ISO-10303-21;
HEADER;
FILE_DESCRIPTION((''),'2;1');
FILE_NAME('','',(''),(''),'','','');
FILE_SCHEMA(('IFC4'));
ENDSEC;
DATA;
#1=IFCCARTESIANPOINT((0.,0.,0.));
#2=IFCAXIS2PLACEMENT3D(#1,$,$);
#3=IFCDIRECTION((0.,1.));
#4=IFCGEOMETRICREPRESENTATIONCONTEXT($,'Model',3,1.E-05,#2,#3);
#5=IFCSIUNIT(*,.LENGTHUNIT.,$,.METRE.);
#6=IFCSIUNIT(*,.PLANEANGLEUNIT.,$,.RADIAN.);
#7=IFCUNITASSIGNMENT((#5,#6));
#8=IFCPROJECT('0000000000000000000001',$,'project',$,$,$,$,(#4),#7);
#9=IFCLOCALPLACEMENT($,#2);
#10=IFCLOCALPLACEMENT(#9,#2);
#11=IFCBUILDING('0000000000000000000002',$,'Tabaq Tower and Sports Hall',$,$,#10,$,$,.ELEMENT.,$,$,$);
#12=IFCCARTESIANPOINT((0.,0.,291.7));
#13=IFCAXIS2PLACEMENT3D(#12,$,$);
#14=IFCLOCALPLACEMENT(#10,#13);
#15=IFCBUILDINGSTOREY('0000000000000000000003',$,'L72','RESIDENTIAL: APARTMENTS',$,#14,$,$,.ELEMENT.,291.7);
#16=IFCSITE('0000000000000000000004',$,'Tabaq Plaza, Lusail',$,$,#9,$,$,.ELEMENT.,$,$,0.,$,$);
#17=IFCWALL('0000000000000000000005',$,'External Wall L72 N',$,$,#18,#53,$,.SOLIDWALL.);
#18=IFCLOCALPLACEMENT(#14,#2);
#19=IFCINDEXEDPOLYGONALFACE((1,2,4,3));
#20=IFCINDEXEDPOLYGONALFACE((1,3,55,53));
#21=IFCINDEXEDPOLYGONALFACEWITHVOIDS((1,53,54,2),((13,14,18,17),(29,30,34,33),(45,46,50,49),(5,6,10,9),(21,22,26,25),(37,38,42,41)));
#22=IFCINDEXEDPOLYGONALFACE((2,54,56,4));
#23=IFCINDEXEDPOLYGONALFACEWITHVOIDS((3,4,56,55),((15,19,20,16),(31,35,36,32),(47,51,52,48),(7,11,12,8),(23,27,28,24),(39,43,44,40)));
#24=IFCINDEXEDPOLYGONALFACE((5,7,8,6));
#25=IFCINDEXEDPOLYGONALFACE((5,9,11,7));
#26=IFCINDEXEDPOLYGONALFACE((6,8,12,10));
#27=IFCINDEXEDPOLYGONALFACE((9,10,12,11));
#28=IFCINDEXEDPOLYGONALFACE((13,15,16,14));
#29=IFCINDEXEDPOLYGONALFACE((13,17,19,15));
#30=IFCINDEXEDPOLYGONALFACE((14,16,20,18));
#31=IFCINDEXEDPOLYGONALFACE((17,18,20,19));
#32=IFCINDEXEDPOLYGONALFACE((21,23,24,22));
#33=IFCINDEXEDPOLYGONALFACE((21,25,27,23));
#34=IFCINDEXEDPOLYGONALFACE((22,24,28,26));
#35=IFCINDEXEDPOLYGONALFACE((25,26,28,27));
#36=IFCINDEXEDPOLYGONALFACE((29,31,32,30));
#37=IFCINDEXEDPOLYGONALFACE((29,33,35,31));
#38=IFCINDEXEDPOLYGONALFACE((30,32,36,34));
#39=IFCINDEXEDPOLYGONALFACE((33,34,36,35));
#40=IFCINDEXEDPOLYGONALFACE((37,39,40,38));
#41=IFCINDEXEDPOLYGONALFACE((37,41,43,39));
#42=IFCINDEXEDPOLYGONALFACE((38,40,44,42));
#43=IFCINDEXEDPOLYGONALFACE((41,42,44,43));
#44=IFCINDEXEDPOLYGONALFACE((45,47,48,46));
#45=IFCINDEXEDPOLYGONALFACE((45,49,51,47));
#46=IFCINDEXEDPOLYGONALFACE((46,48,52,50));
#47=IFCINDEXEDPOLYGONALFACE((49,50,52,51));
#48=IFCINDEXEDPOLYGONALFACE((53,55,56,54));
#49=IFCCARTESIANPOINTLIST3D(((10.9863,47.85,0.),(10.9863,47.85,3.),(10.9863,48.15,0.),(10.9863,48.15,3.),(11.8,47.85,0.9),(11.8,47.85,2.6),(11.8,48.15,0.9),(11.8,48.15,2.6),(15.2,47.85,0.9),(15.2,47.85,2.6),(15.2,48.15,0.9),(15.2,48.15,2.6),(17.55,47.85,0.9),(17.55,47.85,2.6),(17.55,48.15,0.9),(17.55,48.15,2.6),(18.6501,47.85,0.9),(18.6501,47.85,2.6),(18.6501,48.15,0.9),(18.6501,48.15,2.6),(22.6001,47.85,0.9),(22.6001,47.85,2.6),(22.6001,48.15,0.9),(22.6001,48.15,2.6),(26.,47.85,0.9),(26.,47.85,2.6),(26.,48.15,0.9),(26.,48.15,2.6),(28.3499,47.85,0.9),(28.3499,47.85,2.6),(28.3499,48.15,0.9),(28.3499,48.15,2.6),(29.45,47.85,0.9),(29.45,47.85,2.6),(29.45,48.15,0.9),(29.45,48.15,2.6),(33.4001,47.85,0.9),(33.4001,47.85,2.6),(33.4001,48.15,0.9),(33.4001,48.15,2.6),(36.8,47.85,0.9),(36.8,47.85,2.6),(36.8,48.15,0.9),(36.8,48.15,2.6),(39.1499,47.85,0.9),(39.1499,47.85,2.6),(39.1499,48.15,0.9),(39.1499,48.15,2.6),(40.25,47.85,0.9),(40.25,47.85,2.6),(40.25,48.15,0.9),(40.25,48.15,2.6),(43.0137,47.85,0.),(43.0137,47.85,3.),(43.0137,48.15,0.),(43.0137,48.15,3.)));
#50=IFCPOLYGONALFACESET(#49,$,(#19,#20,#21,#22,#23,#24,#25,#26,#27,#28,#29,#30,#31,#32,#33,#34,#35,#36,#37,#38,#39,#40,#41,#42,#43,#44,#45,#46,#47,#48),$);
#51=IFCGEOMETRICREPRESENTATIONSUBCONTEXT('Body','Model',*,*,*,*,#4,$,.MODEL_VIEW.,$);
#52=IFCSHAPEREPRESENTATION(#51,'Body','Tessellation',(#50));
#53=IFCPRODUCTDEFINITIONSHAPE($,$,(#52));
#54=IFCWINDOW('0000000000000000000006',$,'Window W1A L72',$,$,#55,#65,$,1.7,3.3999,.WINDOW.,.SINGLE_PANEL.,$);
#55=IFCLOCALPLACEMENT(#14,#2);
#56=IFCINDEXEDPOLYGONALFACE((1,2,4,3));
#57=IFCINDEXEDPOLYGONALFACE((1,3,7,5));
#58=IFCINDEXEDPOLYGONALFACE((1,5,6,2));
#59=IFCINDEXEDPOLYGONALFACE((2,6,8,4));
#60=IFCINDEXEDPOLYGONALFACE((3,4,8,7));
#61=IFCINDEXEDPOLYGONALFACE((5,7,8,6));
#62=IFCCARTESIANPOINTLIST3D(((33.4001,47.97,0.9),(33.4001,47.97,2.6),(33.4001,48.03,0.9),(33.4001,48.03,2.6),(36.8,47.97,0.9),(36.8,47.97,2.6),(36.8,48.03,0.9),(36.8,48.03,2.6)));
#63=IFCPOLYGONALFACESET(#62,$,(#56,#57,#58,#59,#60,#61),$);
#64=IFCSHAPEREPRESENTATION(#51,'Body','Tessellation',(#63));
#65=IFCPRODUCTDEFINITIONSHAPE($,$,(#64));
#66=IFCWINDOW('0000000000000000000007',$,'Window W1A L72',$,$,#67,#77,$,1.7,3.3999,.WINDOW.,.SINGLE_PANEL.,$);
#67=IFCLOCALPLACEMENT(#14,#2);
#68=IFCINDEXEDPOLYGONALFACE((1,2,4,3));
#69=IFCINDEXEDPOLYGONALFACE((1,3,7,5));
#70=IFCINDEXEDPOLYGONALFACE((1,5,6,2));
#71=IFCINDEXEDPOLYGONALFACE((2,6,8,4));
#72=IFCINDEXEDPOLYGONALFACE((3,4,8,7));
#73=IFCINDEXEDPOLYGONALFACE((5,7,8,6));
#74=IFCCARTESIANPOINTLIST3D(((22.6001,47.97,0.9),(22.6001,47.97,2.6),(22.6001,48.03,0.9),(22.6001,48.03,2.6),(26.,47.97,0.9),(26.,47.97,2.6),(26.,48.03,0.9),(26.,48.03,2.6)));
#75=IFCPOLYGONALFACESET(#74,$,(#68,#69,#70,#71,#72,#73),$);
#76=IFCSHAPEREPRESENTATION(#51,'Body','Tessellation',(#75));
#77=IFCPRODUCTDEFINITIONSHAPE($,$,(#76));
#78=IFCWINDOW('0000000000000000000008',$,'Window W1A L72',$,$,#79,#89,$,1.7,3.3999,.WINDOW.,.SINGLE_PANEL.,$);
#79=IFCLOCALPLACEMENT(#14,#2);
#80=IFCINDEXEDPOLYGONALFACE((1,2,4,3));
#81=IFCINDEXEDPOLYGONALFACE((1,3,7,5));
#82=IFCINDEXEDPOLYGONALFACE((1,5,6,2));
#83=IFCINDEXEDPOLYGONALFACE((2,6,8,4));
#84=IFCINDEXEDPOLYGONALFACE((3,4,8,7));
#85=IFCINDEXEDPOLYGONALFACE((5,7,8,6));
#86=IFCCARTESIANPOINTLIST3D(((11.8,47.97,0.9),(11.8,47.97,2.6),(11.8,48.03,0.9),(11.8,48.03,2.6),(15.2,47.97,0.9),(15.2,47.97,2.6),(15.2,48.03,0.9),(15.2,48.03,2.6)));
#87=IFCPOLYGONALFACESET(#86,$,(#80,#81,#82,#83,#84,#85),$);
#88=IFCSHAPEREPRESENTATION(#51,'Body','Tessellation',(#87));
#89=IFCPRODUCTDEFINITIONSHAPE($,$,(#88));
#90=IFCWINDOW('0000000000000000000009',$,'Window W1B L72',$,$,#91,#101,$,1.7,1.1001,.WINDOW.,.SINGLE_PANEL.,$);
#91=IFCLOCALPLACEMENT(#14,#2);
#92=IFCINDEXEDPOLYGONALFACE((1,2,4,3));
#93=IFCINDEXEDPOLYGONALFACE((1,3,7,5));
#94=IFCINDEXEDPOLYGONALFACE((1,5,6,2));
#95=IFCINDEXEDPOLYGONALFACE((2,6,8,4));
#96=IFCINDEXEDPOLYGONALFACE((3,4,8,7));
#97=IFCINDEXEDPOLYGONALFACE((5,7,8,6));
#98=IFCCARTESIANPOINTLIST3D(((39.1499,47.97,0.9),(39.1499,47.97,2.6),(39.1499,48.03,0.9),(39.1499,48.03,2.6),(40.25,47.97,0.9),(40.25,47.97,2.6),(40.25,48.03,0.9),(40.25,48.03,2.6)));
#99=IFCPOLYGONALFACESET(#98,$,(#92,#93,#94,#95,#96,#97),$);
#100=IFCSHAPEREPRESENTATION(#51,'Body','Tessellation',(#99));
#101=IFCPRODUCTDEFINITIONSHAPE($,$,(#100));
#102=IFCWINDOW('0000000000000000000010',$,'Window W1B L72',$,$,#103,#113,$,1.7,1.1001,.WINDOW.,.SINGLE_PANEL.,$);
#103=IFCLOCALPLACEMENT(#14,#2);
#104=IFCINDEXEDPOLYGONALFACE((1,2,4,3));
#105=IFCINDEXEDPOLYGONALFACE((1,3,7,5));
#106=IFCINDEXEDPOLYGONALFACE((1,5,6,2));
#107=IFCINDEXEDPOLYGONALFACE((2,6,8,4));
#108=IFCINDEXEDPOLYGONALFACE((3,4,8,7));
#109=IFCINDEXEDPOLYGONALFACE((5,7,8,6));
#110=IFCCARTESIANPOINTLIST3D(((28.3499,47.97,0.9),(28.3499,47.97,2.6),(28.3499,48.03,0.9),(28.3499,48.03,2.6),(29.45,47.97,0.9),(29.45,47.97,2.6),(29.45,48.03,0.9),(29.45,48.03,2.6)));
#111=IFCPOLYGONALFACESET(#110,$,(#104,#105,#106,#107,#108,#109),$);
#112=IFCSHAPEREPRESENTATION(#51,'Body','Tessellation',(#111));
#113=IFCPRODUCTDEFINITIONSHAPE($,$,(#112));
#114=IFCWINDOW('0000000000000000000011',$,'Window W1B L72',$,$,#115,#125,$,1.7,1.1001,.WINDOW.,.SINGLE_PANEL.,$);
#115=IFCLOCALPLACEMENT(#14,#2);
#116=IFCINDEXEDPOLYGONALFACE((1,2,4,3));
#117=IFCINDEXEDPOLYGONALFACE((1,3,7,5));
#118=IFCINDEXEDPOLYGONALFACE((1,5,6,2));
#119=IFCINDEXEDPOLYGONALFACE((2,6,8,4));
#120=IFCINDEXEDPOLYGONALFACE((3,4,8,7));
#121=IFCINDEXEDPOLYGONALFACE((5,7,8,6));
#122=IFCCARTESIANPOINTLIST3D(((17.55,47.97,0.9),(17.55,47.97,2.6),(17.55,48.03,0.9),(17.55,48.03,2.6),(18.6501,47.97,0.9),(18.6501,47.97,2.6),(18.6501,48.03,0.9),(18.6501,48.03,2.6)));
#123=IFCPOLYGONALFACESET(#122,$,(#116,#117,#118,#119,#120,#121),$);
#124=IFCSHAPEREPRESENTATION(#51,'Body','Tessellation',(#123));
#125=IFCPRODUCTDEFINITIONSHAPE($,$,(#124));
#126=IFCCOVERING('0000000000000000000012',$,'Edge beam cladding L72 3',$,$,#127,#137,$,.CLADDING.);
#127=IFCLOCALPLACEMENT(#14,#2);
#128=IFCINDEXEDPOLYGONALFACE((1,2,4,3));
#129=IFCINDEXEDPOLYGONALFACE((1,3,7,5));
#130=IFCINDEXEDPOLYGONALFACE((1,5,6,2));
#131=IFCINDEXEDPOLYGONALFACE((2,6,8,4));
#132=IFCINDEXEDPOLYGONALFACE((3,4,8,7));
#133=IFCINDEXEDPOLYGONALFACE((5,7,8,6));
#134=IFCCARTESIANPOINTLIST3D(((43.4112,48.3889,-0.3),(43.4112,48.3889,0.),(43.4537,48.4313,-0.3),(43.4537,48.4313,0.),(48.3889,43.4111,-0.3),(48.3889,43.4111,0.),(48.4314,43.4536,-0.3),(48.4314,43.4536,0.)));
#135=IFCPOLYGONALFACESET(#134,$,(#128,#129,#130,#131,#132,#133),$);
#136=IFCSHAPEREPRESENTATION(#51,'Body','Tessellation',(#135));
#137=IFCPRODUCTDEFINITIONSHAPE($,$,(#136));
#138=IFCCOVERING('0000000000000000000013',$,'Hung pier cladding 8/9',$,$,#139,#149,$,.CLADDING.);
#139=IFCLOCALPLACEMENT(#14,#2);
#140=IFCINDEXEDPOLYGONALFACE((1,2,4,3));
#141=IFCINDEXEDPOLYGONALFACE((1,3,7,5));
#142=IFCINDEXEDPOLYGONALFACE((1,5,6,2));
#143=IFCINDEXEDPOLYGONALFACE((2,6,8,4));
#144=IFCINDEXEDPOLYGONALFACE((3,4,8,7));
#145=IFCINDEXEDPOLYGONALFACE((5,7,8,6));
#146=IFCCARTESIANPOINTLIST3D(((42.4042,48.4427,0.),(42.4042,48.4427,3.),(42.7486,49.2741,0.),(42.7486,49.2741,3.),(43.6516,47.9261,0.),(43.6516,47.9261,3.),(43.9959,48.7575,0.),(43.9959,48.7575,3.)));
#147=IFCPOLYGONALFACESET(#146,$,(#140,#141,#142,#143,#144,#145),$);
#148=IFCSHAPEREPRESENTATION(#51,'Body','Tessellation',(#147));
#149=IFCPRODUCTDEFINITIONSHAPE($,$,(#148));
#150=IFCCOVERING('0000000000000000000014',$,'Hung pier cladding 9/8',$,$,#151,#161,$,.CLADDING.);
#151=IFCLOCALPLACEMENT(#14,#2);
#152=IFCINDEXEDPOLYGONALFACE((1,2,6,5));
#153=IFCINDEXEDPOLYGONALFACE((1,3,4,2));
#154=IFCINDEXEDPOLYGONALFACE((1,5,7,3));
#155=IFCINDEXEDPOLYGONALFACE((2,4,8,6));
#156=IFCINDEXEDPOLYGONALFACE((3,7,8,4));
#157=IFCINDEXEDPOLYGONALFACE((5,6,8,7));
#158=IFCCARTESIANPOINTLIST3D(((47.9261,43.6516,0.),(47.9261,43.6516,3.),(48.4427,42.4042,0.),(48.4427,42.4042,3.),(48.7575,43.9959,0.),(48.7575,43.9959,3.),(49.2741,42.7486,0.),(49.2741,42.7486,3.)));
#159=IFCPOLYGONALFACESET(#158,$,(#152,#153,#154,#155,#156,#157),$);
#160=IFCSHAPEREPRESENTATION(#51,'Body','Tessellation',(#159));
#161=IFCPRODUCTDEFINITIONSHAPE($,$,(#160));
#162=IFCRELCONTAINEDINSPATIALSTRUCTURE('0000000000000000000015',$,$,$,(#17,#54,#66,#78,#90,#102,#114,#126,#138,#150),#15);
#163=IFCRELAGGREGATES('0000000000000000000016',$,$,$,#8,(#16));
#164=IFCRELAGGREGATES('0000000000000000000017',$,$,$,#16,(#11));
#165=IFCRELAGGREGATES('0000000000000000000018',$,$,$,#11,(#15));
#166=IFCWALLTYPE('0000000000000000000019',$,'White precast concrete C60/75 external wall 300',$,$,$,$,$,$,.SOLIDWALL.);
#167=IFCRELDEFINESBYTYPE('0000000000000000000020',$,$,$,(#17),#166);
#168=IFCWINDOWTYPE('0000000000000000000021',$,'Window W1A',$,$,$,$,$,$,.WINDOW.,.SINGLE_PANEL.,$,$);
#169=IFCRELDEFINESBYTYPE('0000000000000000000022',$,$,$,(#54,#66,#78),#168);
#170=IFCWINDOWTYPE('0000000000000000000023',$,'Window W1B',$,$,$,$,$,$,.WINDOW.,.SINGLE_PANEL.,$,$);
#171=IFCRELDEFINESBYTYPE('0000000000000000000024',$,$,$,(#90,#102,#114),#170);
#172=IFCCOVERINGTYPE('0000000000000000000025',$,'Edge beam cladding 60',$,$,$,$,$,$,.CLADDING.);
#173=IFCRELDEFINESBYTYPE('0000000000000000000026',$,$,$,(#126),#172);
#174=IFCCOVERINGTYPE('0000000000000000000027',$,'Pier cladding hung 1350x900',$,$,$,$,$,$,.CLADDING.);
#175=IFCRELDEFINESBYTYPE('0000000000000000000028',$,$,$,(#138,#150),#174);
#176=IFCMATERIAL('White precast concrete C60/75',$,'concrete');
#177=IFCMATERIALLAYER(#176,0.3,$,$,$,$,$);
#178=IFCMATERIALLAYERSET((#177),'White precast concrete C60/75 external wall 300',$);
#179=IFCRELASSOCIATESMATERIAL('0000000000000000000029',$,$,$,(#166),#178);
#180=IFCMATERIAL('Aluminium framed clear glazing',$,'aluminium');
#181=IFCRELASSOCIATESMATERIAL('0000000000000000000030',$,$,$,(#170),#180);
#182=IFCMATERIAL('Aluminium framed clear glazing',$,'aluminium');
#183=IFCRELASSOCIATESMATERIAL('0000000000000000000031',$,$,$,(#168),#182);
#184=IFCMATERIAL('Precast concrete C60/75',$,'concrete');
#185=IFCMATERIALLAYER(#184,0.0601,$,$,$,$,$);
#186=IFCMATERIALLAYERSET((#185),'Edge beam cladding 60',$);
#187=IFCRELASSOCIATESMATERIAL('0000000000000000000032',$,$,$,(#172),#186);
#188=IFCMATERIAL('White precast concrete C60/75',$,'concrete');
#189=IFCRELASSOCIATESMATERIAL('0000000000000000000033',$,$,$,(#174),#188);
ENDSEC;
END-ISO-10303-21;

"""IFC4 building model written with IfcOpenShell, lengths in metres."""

from ifc_helpers import new_model, si_unit, direction, frame, frame_2d, origin, place, context, subcontext, project, spatial, rectangle, extrude, material, layer, layer_set, type_object, element, fill, save


model = new_model("IFC4")

# Units and contexts
model_context = context("Model", 3, precision=1e-05, world=origin(), true_north=direction((0.0, 1.0)))
body_context = subcontext(model_context, "Body", "Model", "MODEL_VIEW")
ifc_project = project(units=[si_unit("LENGTHUNIT", "METRE"), si_unit("PLANEANGLEUNIT", "RADIAN")], contexts=[model_context])

# Site, building, storey
site_placement = place(None, origin())
site = spatial("IfcSite", under=ifc_project, at=site_placement, Name="Tabaq Plaza, Lusail", CompositionType="ELEMENT", RefElevation=0.0)
building_placement = place(site_placement, origin())
building = spatial("IfcBuilding", under=site, at=building_placement, Name="Tabaq Tower and Sports Hall", CompositionType="ELEMENT")
storey_placement = place(building_placement, frame((0.0, 0.0, 291.7)))
storey = spatial("IfcBuildingStorey", under=building, at=storey_placement, Name="L72", Description="RESIDENTIAL: APARTMENTS", CompositionType="ELEMENT", Elevation=291.7)

# Wall, openings, windows
ifc_material_1 = material(Name="White precast concrete C60/75", Category="concrete")
ifc_layer_1 = layer(ifc_material_1, 0.3)
ifc_layer_set_1 = layer_set([ifc_layer_1], Name="White precast concrete C60/75 external wall 300")
wall_type_1 = type_object("IfcWallType", Name="White precast concrete C60/75 external wall 300", PredefinedType="SOLIDWALL", material=ifc_layer_set_1)
ifc_material_2 = material(Name="Aluminium framed clear glazing", Category="aluminium")
window_type_1 = type_object("IfcWindowType", Name="Window W1B", PartitioningType="SINGLE_PANEL", PredefinedType="WINDOW", material=ifc_material_2)
wall_1_placement = place(storey_placement, frame((43.0137, 48.0, 0.0), z_axis=(0.0, 0.0, 1.0), x_axis=(-1.0, 0.0, 0.0)))
wall_1 = element("IfcWall", 1, at=wall_1_placement, inside=storey, type_object=wall_type_1, Name="External Wall L72 N", PredefinedType="SOLIDWALL", context=body_context, shape_type="SweptSolid", body=[
    extrude(rectangle(XDim=32.0273, YDim=0.3, at=frame_2d((16.0137, 0.0))), origin(), (0.0, 0.0, 1.0), 3.0),
])
opening_1_placement = place(wall_1_placement, frame((2.7637, 0.0, 0.8999)))
opening_1 = element("IfcOpeningElement", 2, at=opening_1_placement, cuts=wall_1, PredefinedType="OPENING", context=body_context, shape_type="SweptSolid", body=[
    extrude(rectangle(XDim=1.1001, YDim=1.7, at=frame_2d((0.55, 0.8501))), frame((0.0, 0.1602, 0.0), z_axis=(0.0, -1.0, 0.0), x_axis=(1.0, 0.0, 0.0)), (0.0, 0.0, 1.0), 0.3201),
])
opening_2_placement = place(wall_1_placement, frame((6.2136, 0.0, 0.8999)))
opening_2 = element("IfcOpeningElement", 3, at=opening_2_placement, cuts=wall_1, PredefinedType="OPENING", context=body_context, shape_type="SweptSolid", body=[
    extrude(rectangle(XDim=3.3999, YDim=1.7, at=frame_2d((1.7, 0.8501))), frame((0.0, 0.1602, 0.0), z_axis=(0.0, -1.0, 0.0), x_axis=(1.0, 0.0, 0.0)), (0.0, 0.0, 1.0), 0.3201),
])
opening_3_placement = place(wall_1_placement, frame((13.5637, 0.0, 0.8999)))
opening_3 = element("IfcOpeningElement", 4, at=opening_3_placement, cuts=wall_1, PredefinedType="OPENING", context=body_context, shape_type="SweptSolid", body=[
    extrude(rectangle(XDim=1.1001, YDim=1.7, at=frame_2d((0.55, 0.8501))), frame((0.0, 0.1602, 0.0), z_axis=(0.0, -1.0, 0.0), x_axis=(1.0, 0.0, 0.0)), (0.0, 0.0, 1.0), 0.3201),
])
opening_4_placement = place(wall_1_placement, frame((17.0137, 0.0, 0.8999)))
opening_4 = element("IfcOpeningElement", 5, at=opening_4_placement, cuts=wall_1, PredefinedType="OPENING", context=body_context, shape_type="SweptSolid", body=[
    extrude(rectangle(XDim=3.3999, YDim=1.7, at=frame_2d((1.7, 0.8501))), frame((0.0, 0.1602, 0.0), z_axis=(0.0, -1.0, 0.0), x_axis=(1.0, 0.0, 0.0)), (0.0, 0.0, 1.0), 0.3201),
])
opening_5_placement = place(wall_1_placement, frame((24.3635, 0.0, 0.8999)))
opening_5 = element("IfcOpeningElement", 6, at=opening_5_placement, cuts=wall_1, PredefinedType="OPENING", context=body_context, shape_type="SweptSolid", body=[
    extrude(rectangle(XDim=1.1001, YDim=1.7, at=frame_2d((0.55, 0.8501))), frame((0.0, 0.1602, 0.0), z_axis=(0.0, -1.0, 0.0), x_axis=(1.0, 0.0, 0.0)), (0.0, 0.0, 1.0), 0.3201),
])
opening_6_placement = place(wall_1_placement, frame((27.8137, 0.0, 0.8999)))
opening_6 = element("IfcOpeningElement", 7, at=opening_6_placement, cuts=wall_1, PredefinedType="OPENING", context=body_context, shape_type="SweptSolid", body=[
    extrude(rectangle(XDim=3.3999, YDim=1.7, at=frame_2d((1.7, 0.8501))), frame((0.0, 0.1602, 0.0), z_axis=(0.0, -1.0, 0.0), x_axis=(1.0, 0.0, 0.0)), (0.0, 0.0, 1.0), 0.3201),
])
ifc_material_3 = material(Name="Aluminium framed clear glazing", Category="aluminium")
window_type_2 = type_object("IfcWindowType", Name="Window W1A", PartitioningType="SINGLE_PANEL", PredefinedType="WINDOW", material=ifc_material_3)
window_1_placement = place(opening_2_placement, origin())
window_1 = element("IfcWindow", 8, at=window_1_placement, inside=storey, type_object=window_type_2, Name="Window W1A L72", OverallHeight=1.7, OverallWidth=3.3999, PartitioningType="SINGLE_PANEL", PredefinedType="WINDOW", context=body_context, shape_type="SweptSolid", body=[
    extrude(rectangle(XDim=3.3999, YDim=1.7, at=frame_2d((1.7, 0.8501))), frame((0.0, 0.03, 0.0), z_axis=(0.0, -1.0, 0.0), x_axis=(1.0, 0.0, 0.0)), (0.0, 0.0, 1.0), 0.0601),
])
fill(opening_2, window_1)
window_2_placement = place(opening_4_placement, origin())
window_2 = element("IfcWindow", 9, at=window_2_placement, inside=storey, type_object=window_type_2, Name="Window W1A L72", OverallHeight=1.7, OverallWidth=3.3999, PartitioningType="SINGLE_PANEL", PredefinedType="WINDOW", context=body_context, shape_type="SweptSolid", body=[
    extrude(rectangle(XDim=3.3999, YDim=1.7, at=frame_2d((1.7, 0.8501))), frame((0.0, 0.03, 0.0), z_axis=(0.0, -1.0, 0.0), x_axis=(1.0, 0.0, 0.0)), (0.0, 0.0, 1.0), 0.0601),
])
fill(opening_4, window_2)
window_3_placement = place(opening_6_placement, origin())
window_3 = element("IfcWindow", 10, at=window_3_placement, inside=storey, type_object=window_type_2, Name="Window W1A L72", OverallHeight=1.7, OverallWidth=3.3999, PartitioningType="SINGLE_PANEL", PredefinedType="WINDOW", context=body_context, shape_type="SweptSolid", body=[
    extrude(rectangle(XDim=3.3999, YDim=1.7, at=frame_2d((1.7, 0.8501))), frame((0.0, 0.03, 0.0), z_axis=(0.0, -1.0, 0.0), x_axis=(1.0, 0.0, 0.0)), (0.0, 0.0, 1.0), 0.0601),
])
fill(opening_6, window_3)
window_4_placement = place(opening_1_placement, origin())
window_4 = element("IfcWindow", 11, at=window_4_placement, inside=storey, type_object=window_type_1, Name="Window W1B L72", OverallHeight=1.7, OverallWidth=1.1001, PartitioningType="SINGLE_PANEL", PredefinedType="WINDOW", context=body_context, shape_type="SweptSolid", body=[
    extrude(rectangle(XDim=1.1001, YDim=1.7, at=frame_2d((0.55, 0.8501))), frame((0.0, 0.03, 0.0), z_axis=(0.0, -1.0, 0.0), x_axis=(1.0, 0.0, 0.0)), (0.0, 0.0, 1.0), 0.0601),
])
fill(opening_1, window_4)
window_5_placement = place(opening_3_placement, origin())
window_5 = element("IfcWindow", 12, at=window_5_placement, inside=storey, type_object=window_type_1, Name="Window W1B L72", OverallHeight=1.7, OverallWidth=1.1001, PartitioningType="SINGLE_PANEL", PredefinedType="WINDOW", context=body_context, shape_type="SweptSolid", body=[
    extrude(rectangle(XDim=1.1001, YDim=1.7, at=frame_2d((0.55, 0.8501))), frame((0.0, 0.03, 0.0), z_axis=(0.0, -1.0, 0.0), x_axis=(1.0, 0.0, 0.0)), (0.0, 0.0, 1.0), 0.0601),
])
fill(opening_3, window_5)
window_6_placement = place(opening_5_placement, origin())
window_6 = element("IfcWindow", 13, at=window_6_placement, inside=storey, type_object=window_type_1, Name="Window W1B L72", OverallHeight=1.7, OverallWidth=1.1001, PartitioningType="SINGLE_PANEL", PredefinedType="WINDOW", context=body_context, shape_type="SweptSolid", body=[
    extrude(rectangle(XDim=1.1001, YDim=1.7, at=frame_2d((0.55, 0.8501))), frame((0.0, 0.03, 0.0), z_axis=(0.0, -1.0, 0.0), x_axis=(1.0, 0.0, 0.0)), (0.0, 0.0, 1.0), 0.0601),
])
fill(opening_5, window_6)

# Coverings
ifc_material_4 = material(Name="Precast concrete C60/75", Category="concrete")
ifc_layer_2 = layer(ifc_material_4, 0.0601)
ifc_layer_set_2 = layer_set([ifc_layer_2], Name="Edge beam cladding 60")
covering_type_1 = type_object("IfcCoveringType", Name="Edge beam cladding 60", PredefinedType="CLADDING", material=ifc_layer_set_2)
covering_1_placement = place(storey_placement, frame((48.4102, 43.4324, -0.3), z_axis=(0.0, 0.0, 1.0), x_axis=(-0.707107, 0.707107, 0.0)))
element("IfcCovering", 14, at=covering_1_placement, inside=storey, type_object=covering_type_1, Name="Edge beam cladding L72 3", PredefinedType="CLADDING", context=body_context, shape_type="SweptSolid", body=[
    extrude(rectangle(XDim=7.0396, YDim=0.0601, at=frame_2d((3.5198, 0.0))), origin(), (0.0, 0.0, 1.0), 0.3),
])
ifc_material_5 = material(Name="White precast concrete C60/75", Category="concrete")
covering_type_2 = type_object("IfcCoveringType", Name="Pier cladding hung 1350x900", PredefinedType="CLADDING", material=ifc_material_5)
for number, where, z_axis, x_axis, name in (
    (15, (43.8237, 48.3418, 0.0), (0.0, 0.0, 1.0), (-0.923893, 0.38265, 0.0), "Hung pier cladding 8/9"),
    (16, (48.8584, 42.5764, 0.0), (0.0, 0.0, 1.0), (-0.38265, 0.923893, 0.0), "Hung pier cladding 9/8"),
):
    element("IfcCovering", number, at=place(storey_placement, frame(where, z_axis=z_axis, x_axis=x_axis)), inside=storey, type_object=covering_type_2, Name=name, PredefinedType="CLADDING", context=body_context, shape_type="SweptSolid", body=[
        extrude(rectangle(XDim=1.3501, YDim=0.8999, at=frame_2d((0.675, 0.0))), origin(), (0.0, 0.0, 1.0), 3.0),
    ])

save(model, "model.ifc")
